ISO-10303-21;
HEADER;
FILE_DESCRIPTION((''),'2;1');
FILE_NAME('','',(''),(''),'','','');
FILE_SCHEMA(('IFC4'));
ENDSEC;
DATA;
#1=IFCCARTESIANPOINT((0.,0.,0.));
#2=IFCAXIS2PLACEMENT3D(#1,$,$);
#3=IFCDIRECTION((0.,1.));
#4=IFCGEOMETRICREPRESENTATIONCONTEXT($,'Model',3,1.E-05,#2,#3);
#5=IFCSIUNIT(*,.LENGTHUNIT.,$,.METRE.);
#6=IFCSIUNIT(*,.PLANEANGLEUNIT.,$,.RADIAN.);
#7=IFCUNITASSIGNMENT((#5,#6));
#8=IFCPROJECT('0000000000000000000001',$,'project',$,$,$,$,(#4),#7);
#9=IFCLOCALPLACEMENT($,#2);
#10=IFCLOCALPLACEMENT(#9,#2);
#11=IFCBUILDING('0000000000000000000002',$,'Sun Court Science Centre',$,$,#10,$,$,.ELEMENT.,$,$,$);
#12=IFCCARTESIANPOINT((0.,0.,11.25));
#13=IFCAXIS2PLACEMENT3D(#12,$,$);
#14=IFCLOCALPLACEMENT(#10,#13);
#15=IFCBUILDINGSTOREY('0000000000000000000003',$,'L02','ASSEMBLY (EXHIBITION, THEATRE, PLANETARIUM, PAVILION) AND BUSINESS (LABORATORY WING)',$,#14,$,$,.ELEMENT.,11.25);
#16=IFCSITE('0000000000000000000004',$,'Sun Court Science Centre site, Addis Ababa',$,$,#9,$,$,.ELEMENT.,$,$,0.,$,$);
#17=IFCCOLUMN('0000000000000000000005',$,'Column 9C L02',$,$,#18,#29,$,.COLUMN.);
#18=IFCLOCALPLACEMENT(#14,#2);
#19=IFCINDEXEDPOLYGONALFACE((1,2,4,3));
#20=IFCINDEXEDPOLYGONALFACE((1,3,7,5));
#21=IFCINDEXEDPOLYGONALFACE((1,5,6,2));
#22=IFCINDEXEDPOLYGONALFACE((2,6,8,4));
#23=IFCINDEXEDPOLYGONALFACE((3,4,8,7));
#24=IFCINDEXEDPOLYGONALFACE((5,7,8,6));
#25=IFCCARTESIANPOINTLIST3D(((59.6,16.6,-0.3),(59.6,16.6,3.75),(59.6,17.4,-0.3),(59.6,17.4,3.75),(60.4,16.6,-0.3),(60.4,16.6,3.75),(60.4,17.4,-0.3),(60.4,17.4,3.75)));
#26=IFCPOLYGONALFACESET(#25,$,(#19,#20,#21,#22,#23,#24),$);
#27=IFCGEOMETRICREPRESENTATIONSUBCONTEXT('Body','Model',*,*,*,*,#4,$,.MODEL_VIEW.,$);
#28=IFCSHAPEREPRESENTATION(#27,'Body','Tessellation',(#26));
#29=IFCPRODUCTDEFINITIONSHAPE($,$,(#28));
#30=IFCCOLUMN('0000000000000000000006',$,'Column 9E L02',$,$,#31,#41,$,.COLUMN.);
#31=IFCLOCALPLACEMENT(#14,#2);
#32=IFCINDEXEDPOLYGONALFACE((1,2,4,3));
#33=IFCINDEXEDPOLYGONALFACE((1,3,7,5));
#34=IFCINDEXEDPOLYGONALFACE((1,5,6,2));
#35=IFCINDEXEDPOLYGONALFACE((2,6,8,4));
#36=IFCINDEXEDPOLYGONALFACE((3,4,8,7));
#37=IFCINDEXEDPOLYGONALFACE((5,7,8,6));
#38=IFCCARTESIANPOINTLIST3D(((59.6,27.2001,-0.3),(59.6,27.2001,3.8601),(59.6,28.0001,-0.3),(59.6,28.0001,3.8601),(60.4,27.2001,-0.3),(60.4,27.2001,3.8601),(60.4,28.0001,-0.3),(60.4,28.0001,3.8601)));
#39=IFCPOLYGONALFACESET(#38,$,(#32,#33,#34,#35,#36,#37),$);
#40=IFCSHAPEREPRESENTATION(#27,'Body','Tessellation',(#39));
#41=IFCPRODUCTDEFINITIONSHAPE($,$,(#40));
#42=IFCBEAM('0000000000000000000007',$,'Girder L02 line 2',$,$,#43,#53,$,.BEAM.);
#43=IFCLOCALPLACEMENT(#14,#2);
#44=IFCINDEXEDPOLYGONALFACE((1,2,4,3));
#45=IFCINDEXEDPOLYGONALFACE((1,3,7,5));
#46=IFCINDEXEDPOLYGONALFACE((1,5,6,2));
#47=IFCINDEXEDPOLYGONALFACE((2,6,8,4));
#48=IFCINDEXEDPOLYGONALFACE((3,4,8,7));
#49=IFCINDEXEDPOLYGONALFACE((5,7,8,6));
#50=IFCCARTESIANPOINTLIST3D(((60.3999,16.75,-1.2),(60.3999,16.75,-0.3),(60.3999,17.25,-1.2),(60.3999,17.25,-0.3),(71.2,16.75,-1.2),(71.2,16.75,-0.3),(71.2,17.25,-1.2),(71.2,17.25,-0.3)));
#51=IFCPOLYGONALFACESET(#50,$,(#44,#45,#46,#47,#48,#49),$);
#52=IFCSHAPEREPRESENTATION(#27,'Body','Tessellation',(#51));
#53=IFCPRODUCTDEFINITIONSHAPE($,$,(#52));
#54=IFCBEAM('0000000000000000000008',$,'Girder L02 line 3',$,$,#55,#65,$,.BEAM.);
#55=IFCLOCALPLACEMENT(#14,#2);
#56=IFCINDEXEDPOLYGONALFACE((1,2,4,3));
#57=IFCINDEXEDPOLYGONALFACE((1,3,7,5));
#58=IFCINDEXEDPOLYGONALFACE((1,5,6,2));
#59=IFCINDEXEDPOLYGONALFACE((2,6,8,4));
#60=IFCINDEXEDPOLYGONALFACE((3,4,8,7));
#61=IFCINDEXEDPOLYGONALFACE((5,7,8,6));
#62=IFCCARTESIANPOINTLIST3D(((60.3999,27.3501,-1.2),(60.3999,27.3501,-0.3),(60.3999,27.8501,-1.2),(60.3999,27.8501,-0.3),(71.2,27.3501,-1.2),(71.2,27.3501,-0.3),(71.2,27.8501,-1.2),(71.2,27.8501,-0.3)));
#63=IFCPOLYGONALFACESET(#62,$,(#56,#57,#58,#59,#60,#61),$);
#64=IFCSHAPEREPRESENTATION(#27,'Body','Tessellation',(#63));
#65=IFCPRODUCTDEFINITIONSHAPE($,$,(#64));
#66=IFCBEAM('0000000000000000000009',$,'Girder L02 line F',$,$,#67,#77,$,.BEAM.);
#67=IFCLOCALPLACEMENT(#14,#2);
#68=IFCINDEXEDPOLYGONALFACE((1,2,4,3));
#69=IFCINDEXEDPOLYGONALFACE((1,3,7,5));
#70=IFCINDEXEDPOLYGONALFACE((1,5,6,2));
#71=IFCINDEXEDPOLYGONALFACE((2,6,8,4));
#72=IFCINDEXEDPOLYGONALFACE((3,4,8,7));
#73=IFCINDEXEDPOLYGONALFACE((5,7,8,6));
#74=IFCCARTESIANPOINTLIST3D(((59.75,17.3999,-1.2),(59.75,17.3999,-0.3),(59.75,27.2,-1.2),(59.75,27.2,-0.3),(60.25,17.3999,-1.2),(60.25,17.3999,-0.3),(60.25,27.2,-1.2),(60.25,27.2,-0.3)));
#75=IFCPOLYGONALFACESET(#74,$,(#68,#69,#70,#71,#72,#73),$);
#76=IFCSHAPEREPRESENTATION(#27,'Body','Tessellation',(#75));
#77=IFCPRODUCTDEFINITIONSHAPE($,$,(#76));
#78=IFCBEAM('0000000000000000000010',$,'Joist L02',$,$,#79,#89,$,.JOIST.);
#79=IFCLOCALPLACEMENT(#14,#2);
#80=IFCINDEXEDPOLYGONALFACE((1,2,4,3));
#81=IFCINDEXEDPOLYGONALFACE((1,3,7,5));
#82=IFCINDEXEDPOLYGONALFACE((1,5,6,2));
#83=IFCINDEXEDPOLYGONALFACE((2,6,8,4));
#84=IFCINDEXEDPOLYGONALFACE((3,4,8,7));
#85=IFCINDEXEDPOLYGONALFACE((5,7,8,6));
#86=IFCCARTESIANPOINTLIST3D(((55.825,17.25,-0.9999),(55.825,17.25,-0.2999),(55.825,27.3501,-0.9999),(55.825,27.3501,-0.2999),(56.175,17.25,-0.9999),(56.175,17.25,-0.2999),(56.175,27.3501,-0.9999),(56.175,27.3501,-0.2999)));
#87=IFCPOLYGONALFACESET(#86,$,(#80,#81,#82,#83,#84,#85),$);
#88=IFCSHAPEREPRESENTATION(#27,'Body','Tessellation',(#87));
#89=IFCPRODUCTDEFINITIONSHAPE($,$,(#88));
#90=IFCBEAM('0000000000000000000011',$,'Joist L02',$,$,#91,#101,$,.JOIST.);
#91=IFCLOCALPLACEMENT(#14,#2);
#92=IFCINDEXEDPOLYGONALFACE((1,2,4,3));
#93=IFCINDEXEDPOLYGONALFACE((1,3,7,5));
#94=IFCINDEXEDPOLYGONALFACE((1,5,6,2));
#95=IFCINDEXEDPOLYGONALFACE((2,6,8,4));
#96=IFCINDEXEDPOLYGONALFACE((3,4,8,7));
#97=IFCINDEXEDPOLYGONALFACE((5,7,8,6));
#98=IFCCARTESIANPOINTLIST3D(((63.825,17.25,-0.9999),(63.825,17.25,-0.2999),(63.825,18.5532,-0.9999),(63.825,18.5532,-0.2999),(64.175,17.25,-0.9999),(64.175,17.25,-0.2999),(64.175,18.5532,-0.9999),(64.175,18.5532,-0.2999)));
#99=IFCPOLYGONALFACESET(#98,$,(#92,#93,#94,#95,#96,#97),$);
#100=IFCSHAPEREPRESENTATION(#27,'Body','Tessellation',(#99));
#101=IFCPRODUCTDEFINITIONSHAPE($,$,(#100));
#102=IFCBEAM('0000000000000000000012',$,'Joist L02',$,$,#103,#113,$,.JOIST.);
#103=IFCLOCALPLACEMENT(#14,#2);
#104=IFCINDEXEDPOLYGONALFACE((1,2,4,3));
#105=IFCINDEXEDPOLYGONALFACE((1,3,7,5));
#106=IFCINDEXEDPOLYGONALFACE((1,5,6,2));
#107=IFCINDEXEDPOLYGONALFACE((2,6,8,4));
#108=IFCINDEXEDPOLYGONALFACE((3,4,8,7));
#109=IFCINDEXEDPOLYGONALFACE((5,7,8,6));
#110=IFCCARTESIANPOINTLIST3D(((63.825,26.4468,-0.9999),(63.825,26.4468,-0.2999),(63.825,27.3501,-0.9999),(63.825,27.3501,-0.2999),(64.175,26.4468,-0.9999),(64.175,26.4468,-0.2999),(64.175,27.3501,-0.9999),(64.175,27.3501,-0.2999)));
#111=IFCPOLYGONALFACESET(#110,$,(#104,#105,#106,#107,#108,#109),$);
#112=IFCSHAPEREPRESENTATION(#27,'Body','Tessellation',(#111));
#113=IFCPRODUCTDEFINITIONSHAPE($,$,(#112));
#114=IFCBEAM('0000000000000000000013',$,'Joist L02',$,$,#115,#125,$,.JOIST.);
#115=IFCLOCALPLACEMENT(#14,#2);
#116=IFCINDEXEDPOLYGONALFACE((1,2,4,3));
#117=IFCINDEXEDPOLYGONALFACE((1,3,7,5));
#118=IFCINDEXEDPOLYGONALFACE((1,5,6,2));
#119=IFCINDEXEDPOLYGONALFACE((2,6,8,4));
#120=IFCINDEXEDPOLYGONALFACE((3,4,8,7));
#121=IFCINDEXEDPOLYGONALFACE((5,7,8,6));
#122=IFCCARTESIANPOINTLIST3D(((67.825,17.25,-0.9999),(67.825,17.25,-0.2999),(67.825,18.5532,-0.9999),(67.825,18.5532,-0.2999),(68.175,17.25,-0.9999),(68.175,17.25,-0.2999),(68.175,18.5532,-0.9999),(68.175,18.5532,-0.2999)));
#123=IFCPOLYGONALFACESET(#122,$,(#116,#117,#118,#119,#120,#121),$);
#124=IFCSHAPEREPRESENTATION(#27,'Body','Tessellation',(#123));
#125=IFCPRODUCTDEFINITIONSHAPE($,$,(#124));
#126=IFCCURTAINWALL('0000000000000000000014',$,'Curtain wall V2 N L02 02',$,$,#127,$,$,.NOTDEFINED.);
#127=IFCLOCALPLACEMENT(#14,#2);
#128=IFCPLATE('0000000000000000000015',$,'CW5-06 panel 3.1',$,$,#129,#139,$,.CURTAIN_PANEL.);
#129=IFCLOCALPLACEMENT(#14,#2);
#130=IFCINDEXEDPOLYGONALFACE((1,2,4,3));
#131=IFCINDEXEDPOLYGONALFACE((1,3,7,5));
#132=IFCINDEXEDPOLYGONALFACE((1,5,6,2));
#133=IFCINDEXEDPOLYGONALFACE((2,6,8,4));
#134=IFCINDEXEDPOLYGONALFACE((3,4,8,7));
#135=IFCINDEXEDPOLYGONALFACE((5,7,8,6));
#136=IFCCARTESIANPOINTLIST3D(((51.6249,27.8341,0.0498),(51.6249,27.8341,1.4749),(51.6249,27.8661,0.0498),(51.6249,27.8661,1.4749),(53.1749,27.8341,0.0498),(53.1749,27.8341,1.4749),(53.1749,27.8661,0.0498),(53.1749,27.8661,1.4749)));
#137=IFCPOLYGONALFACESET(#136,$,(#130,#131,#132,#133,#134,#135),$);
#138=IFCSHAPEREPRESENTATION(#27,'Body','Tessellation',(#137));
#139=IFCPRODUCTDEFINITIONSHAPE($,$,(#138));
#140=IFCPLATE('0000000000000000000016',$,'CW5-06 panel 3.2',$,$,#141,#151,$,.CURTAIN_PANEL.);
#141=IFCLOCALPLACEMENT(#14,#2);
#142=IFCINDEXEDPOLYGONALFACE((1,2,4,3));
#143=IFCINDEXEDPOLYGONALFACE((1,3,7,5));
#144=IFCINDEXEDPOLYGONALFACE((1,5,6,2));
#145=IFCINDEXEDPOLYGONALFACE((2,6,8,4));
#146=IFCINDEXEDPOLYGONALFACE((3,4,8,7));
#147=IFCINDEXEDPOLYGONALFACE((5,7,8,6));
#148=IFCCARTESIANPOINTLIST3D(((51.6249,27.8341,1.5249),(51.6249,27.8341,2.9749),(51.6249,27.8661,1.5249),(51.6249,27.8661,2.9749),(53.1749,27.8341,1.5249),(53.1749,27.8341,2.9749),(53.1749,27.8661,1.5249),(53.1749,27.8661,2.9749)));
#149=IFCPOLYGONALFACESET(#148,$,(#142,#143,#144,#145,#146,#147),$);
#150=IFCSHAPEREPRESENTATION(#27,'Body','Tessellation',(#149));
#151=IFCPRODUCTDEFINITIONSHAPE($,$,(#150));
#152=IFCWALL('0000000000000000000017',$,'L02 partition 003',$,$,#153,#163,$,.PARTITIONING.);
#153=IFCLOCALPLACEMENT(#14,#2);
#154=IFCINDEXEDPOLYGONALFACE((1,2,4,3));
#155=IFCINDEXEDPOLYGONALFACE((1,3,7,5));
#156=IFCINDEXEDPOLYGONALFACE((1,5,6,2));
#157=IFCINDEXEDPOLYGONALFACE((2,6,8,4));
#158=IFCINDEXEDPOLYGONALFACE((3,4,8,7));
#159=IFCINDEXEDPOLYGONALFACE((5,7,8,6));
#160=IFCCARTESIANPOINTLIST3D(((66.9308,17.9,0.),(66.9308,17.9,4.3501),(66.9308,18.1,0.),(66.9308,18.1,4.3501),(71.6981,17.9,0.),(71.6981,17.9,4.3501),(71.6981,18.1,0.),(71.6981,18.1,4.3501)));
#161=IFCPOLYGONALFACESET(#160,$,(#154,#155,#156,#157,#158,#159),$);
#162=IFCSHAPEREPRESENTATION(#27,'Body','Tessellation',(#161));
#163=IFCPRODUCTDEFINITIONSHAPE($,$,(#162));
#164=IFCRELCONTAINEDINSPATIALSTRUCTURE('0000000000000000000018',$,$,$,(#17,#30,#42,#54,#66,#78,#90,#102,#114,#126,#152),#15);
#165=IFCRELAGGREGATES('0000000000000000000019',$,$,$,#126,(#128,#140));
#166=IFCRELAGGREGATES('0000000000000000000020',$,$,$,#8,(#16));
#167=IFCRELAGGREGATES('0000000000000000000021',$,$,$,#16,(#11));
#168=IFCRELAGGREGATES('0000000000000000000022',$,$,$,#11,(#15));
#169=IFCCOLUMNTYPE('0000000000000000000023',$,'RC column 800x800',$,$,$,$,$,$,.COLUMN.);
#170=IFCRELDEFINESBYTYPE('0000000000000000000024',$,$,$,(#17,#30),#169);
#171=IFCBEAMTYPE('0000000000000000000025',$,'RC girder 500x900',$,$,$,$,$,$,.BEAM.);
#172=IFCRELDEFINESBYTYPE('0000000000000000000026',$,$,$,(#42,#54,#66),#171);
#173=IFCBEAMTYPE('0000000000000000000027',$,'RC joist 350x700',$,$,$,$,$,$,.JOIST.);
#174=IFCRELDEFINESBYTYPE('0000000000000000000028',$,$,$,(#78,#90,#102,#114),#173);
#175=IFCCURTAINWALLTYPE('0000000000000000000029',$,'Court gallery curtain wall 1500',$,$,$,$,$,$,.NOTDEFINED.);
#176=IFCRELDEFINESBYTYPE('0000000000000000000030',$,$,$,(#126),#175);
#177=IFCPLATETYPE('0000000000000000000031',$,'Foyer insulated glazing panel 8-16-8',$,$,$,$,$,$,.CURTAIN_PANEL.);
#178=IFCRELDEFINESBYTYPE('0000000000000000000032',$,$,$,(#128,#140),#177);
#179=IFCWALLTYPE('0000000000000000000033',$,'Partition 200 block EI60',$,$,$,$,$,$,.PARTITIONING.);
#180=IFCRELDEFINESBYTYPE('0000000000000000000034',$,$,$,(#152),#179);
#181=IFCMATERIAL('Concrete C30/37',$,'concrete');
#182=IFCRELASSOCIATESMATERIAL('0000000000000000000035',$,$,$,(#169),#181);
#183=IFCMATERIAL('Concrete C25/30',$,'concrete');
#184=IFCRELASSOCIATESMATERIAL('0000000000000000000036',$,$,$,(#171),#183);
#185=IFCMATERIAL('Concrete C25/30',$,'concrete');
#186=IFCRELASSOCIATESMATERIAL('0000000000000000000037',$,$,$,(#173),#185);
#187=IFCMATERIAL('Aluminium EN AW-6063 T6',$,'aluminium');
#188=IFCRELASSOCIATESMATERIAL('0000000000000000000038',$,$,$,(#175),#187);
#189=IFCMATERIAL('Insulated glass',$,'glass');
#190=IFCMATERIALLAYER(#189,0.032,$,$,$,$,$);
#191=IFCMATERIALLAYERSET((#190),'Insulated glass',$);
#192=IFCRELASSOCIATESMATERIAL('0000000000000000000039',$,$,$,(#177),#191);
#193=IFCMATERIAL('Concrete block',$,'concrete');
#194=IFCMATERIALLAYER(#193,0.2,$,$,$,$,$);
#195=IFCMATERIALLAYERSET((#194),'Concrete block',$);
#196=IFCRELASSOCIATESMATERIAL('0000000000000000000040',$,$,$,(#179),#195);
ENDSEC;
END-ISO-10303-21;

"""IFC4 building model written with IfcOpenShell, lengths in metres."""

from ifc_helpers import new_model, si_unit, direction, frame, frame_2d, origin, origin_2d, place, context, subcontext, project, spatial, rectangle, extrude, material, layer, layer_set, material_profile, profile_set, type_object, element, aggregate, save


model = new_model("IFC4")

# Units and contexts
model_context = context("Model", 3, precision=1e-05, world=origin(), true_north=direction((0.0, 1.0)))
body_context = subcontext(model_context, "Body", "Model", "MODEL_VIEW")
ifc_project = project(units=[si_unit("LENGTHUNIT", "METRE"), si_unit("PLANEANGLEUNIT", "RADIAN")], contexts=[model_context])

# Site, building, storey
site_placement = place(None, origin())
site = spatial("IfcSite", under=ifc_project, at=site_placement, Name="Sun Court Science Centre site, Addis Ababa", CompositionType="ELEMENT", RefElevation=0.0)
building_placement = place(site_placement, origin())
building = spatial("IfcBuilding", under=site, at=building_placement, Name="Sun Court Science Centre", CompositionType="ELEMENT")
storey_placement = place(building_placement, frame((0.0, 0.0, 11.25)))
storey = spatial("IfcBuildingStorey", under=building, at=storey_placement, Name="L02", Description="ASSEMBLY (EXHIBITION, THEATRE, PLANETARIUM, PAVILION) AND BUSINESS (LABORATORY WING)", CompositionType="ELEMENT", Elevation=11.25)

# Columns
ifc_material_1 = material(Name="Concrete C30/37", Category="concrete")
ifc_material_profile_1 = material_profile(ifc_material_1, rectangle(XDim=0.8, YDim=0.8, at=origin_2d()), Name="RC 800x800")
ifc_profile_set_1 = profile_set([ifc_material_profile_1], Name="Concrete C30/37")
column_type = type_object("IfcColumnType", Name="RC column 800x800", PredefinedType="COLUMN", material=ifc_profile_set_1)
column_1_placement = place(storey_placement, frame((60.0, 17.0, -0.3), z_axis=(0.0, 0.0, 1.0), x_axis=(1.0, 0.0, 0.0)))
element("IfcColumn", 1, at=column_1_placement, inside=storey, type_object=column_type, Name="Column 9C L02", PredefinedType="COLUMN", context=body_context, shape_type="SweptSolid", body=[
    extrude(rectangle(XDim=0.8, YDim=0.8, at=origin_2d()), origin(), (0.0, 0.0, 1.0), 4.05),
])
column_2_placement = place(storey_placement, frame((60.0, 27.6001, -0.3), z_axis=(0.0, 0.0, 1.0), x_axis=(1.0, 0.0, 0.0)))
element("IfcColumn", 2, at=column_2_placement, inside=storey, type_object=column_type, Name="Column 9E L02", PredefinedType="COLUMN", context=body_context, shape_type="SweptSolid", body=[
    extrude(rectangle(XDim=0.8, YDim=0.8, at=origin_2d()), origin(), (0.0, 0.0, 1.0), 4.1602),
])

# Beams
ifc_material_2 = material(Name="Concrete C25/30", Category="concrete")
ifc_material_profile_2 = material_profile(ifc_material_2, rectangle(XDim=0.5, YDim=0.8999, at=origin_2d()), Name="RC 500x900")
ifc_profile_set_2 = profile_set([ifc_material_profile_2], Name="Concrete C25/30")
beam_type_1 = type_object("IfcBeamType", Name="RC girder 500x900", PredefinedType="BEAM", material=ifc_profile_set_2)
for number, where, z_axis, x_axis, name in (
    (3, (60.3999, 17.0, -0.75), (1.0, 0.0, 0.0), (0.0, 1.0, 0.0), "Girder L02 line 2"),
    (4, (60.3999, 27.6001, -0.75), (1.0, 0.0, 0.0), (0.0, 1.0, 0.0), "Girder L02 line 3"),
):
    element("IfcBeam", number, at=place(storey_placement, frame(where, z_axis=z_axis, x_axis=x_axis)), inside=storey, type_object=beam_type_1, Name=name, PredefinedType="BEAM", context=body_context, shape_type="SweptSolid", body=[
        extrude(rectangle(XDim=0.5, YDim=0.8999, at=origin_2d()), origin(), (0.0, 0.0, 1.0), 10.8),
    ])
beam_1_placement = place(storey_placement, frame((60.0, 17.3999, -0.75), z_axis=(0.0, 1.0, 0.0), x_axis=(-1.0, 0.0, 0.0)))
element("IfcBeam", 5, at=beam_1_placement, inside=storey, type_object=beam_type_1, Name="Girder L02 line F", PredefinedType="BEAM", context=body_context, shape_type="SweptSolid", body=[
    extrude(rectangle(XDim=0.5, YDim=0.8999, at=origin_2d()), origin(), (0.0, 0.0, 1.0), 9.8),
])
ifc_material_3 = material(Name="Concrete C25/30", Category="concrete")
ifc_material_profile_3 = material_profile(ifc_material_3, rectangle(XDim=0.3501, YDim=0.7, at=origin_2d()), Name="RC 350x700")
ifc_profile_set_3 = profile_set([ifc_material_profile_3], Name="Concrete C25/30")
beam_type_2 = type_object("IfcBeamType", Name="RC joist 350x700", PredefinedType="JOIST", material=ifc_profile_set_3)
beam_2_placement = place(storey_placement, frame((56.0, 17.25, -0.6499), z_axis=(0.0, 1.0, 0.0), x_axis=(-1.0, 0.0, 0.0)))
element("IfcBeam", 6, at=beam_2_placement, inside=storey, type_object=beam_type_2, Name="Joist L02", PredefinedType="JOIST", context=body_context, shape_type="SweptSolid", body=[
    extrude(rectangle(XDim=0.3501, YDim=0.7, at=origin_2d()), origin(), (0.0, 0.0, 1.0), 10.1001),
])
beam_3_placement = place(storey_placement, frame((64.0, 17.25, -0.6499), z_axis=(0.0, 1.0, 0.0), x_axis=(-1.0, 0.0, 0.0)))
element("IfcBeam", 7, at=beam_3_placement, inside=storey, type_object=beam_type_2, Name="Joist L02", PredefinedType="JOIST", context=body_context, shape_type="SweptSolid", body=[
    extrude(rectangle(XDim=0.3501, YDim=0.7, at=origin_2d()), origin(), (0.0, 0.0, 1.0), 1.3032),
])
beam_4_placement = place(storey_placement, frame((64.0, 26.4468, -0.6499), z_axis=(0.0, 1.0, 0.0), x_axis=(-1.0, 0.0, 0.0)))
element("IfcBeam", 8, at=beam_4_placement, inside=storey, type_object=beam_type_2, Name="Joist L02", PredefinedType="JOIST", context=body_context, shape_type="SweptSolid", body=[
    extrude(rectangle(XDim=0.3501, YDim=0.7, at=origin_2d()), origin(), (0.0, 0.0, 1.0), 0.9033),
])
beam_5_placement = place(storey_placement, frame((68.0, 17.25, -0.6499), z_axis=(0.0, 1.0, 0.0), x_axis=(-1.0, 0.0, 0.0)))
element("IfcBeam", 9, at=beam_5_placement, inside=storey, type_object=beam_type_2, Name="Joist L02", PredefinedType="JOIST", context=body_context, shape_type="SweptSolid", body=[
    extrude(rectangle(XDim=0.3501, YDim=0.7, at=origin_2d()), origin(), (0.0, 0.0, 1.0), 1.3032),
])

# Curtain wall, plates
ifc_material_4 = material(Name="Aluminium EN AW-6063 T6", Category="aluminium")
curtain_wall_type = type_object("IfcCurtainWallType", Name="Court gallery curtain wall 1500", PredefinedType="NOTDEFINED", material=ifc_material_4)
curtain_wall_placement = place(storey_placement, origin())
curtain_wall = element("IfcCurtainWall", 10, at=curtain_wall_placement, inside=storey, type_object=curtain_wall_type, Name="Curtain wall V2 N L02 02", PredefinedType="NOTDEFINED")
ifc_material_5 = material(Name="Insulated glass", Category="glass")
ifc_layer_1 = layer(ifc_material_5, 0.032)
ifc_layer_set_1 = layer_set([ifc_layer_1], Name="Insulated glass")
plate_type = type_object("IfcPlateType", Name="Foyer insulated glazing panel 8-16-8", PredefinedType="CURTAIN_PANEL", material=ifc_layer_set_1)
plate_1_placement = place(storey_placement, frame((52.3999, 27.8501, 0.0498), z_axis=(0.0, 0.0, 1.0), x_axis=(1.0, 0.0, 0.0)))
plate_1 = element("IfcPlate", 11, at=plate_1_placement, type_object=plate_type, Name="CW5-06 panel 3.1", PredefinedType="CURTAIN_PANEL", context=body_context, shape_type="SweptSolid", body=[
    extrude(rectangle(XDim=1.55, YDim=0.032, at=origin_2d()), origin(), (0.0, 0.0, 1.0), 1.425),
])
plate_2_placement = place(storey_placement, frame((52.3999, 27.8501, 1.5249), z_axis=(0.0, 0.0, 1.0), x_axis=(1.0, 0.0, 0.0)))
plate_2 = element("IfcPlate", 12, at=plate_2_placement, type_object=plate_type, Name="CW5-06 panel 3.2", PredefinedType="CURTAIN_PANEL", context=body_context, shape_type="SweptSolid", body=[
    extrude(rectangle(XDim=1.55, YDim=0.032, at=origin_2d()), origin(), (0.0, 0.0, 1.0), 1.45),
])
aggregate(curtain_wall, [plate_1, plate_2])

# Wall
ifc_material_6 = material(Name="Concrete block", Category="concrete")
ifc_layer_2 = layer(ifc_material_6, 0.2)
ifc_layer_set_2 = layer_set([ifc_layer_2], Name="Concrete block")
wall_type_1 = type_object("IfcWallType", Name="Partition 200 block EI60", PredefinedType="PARTITIONING", material=ifc_layer_set_2)
wall_1_placement = place(storey_placement, frame((66.9307, 18.0, 0.0), z_axis=(0.0, 0.0, 1.0), x_axis=(1.0, 0.0, 0.0)))
element("IfcWall", 13, at=wall_1_placement, inside=storey, type_object=wall_type_1, Name="L02 partition 003", PredefinedType="PARTITIONING", context=body_context, shape_type="SweptSolid", body=[
    extrude(rectangle(XDim=4.7673, YDim=0.2, at=frame_2d((2.3838, 0.0))), origin(), (0.0, 0.0, 1.0), 4.3501),
])

save(model, "model.ifc")
